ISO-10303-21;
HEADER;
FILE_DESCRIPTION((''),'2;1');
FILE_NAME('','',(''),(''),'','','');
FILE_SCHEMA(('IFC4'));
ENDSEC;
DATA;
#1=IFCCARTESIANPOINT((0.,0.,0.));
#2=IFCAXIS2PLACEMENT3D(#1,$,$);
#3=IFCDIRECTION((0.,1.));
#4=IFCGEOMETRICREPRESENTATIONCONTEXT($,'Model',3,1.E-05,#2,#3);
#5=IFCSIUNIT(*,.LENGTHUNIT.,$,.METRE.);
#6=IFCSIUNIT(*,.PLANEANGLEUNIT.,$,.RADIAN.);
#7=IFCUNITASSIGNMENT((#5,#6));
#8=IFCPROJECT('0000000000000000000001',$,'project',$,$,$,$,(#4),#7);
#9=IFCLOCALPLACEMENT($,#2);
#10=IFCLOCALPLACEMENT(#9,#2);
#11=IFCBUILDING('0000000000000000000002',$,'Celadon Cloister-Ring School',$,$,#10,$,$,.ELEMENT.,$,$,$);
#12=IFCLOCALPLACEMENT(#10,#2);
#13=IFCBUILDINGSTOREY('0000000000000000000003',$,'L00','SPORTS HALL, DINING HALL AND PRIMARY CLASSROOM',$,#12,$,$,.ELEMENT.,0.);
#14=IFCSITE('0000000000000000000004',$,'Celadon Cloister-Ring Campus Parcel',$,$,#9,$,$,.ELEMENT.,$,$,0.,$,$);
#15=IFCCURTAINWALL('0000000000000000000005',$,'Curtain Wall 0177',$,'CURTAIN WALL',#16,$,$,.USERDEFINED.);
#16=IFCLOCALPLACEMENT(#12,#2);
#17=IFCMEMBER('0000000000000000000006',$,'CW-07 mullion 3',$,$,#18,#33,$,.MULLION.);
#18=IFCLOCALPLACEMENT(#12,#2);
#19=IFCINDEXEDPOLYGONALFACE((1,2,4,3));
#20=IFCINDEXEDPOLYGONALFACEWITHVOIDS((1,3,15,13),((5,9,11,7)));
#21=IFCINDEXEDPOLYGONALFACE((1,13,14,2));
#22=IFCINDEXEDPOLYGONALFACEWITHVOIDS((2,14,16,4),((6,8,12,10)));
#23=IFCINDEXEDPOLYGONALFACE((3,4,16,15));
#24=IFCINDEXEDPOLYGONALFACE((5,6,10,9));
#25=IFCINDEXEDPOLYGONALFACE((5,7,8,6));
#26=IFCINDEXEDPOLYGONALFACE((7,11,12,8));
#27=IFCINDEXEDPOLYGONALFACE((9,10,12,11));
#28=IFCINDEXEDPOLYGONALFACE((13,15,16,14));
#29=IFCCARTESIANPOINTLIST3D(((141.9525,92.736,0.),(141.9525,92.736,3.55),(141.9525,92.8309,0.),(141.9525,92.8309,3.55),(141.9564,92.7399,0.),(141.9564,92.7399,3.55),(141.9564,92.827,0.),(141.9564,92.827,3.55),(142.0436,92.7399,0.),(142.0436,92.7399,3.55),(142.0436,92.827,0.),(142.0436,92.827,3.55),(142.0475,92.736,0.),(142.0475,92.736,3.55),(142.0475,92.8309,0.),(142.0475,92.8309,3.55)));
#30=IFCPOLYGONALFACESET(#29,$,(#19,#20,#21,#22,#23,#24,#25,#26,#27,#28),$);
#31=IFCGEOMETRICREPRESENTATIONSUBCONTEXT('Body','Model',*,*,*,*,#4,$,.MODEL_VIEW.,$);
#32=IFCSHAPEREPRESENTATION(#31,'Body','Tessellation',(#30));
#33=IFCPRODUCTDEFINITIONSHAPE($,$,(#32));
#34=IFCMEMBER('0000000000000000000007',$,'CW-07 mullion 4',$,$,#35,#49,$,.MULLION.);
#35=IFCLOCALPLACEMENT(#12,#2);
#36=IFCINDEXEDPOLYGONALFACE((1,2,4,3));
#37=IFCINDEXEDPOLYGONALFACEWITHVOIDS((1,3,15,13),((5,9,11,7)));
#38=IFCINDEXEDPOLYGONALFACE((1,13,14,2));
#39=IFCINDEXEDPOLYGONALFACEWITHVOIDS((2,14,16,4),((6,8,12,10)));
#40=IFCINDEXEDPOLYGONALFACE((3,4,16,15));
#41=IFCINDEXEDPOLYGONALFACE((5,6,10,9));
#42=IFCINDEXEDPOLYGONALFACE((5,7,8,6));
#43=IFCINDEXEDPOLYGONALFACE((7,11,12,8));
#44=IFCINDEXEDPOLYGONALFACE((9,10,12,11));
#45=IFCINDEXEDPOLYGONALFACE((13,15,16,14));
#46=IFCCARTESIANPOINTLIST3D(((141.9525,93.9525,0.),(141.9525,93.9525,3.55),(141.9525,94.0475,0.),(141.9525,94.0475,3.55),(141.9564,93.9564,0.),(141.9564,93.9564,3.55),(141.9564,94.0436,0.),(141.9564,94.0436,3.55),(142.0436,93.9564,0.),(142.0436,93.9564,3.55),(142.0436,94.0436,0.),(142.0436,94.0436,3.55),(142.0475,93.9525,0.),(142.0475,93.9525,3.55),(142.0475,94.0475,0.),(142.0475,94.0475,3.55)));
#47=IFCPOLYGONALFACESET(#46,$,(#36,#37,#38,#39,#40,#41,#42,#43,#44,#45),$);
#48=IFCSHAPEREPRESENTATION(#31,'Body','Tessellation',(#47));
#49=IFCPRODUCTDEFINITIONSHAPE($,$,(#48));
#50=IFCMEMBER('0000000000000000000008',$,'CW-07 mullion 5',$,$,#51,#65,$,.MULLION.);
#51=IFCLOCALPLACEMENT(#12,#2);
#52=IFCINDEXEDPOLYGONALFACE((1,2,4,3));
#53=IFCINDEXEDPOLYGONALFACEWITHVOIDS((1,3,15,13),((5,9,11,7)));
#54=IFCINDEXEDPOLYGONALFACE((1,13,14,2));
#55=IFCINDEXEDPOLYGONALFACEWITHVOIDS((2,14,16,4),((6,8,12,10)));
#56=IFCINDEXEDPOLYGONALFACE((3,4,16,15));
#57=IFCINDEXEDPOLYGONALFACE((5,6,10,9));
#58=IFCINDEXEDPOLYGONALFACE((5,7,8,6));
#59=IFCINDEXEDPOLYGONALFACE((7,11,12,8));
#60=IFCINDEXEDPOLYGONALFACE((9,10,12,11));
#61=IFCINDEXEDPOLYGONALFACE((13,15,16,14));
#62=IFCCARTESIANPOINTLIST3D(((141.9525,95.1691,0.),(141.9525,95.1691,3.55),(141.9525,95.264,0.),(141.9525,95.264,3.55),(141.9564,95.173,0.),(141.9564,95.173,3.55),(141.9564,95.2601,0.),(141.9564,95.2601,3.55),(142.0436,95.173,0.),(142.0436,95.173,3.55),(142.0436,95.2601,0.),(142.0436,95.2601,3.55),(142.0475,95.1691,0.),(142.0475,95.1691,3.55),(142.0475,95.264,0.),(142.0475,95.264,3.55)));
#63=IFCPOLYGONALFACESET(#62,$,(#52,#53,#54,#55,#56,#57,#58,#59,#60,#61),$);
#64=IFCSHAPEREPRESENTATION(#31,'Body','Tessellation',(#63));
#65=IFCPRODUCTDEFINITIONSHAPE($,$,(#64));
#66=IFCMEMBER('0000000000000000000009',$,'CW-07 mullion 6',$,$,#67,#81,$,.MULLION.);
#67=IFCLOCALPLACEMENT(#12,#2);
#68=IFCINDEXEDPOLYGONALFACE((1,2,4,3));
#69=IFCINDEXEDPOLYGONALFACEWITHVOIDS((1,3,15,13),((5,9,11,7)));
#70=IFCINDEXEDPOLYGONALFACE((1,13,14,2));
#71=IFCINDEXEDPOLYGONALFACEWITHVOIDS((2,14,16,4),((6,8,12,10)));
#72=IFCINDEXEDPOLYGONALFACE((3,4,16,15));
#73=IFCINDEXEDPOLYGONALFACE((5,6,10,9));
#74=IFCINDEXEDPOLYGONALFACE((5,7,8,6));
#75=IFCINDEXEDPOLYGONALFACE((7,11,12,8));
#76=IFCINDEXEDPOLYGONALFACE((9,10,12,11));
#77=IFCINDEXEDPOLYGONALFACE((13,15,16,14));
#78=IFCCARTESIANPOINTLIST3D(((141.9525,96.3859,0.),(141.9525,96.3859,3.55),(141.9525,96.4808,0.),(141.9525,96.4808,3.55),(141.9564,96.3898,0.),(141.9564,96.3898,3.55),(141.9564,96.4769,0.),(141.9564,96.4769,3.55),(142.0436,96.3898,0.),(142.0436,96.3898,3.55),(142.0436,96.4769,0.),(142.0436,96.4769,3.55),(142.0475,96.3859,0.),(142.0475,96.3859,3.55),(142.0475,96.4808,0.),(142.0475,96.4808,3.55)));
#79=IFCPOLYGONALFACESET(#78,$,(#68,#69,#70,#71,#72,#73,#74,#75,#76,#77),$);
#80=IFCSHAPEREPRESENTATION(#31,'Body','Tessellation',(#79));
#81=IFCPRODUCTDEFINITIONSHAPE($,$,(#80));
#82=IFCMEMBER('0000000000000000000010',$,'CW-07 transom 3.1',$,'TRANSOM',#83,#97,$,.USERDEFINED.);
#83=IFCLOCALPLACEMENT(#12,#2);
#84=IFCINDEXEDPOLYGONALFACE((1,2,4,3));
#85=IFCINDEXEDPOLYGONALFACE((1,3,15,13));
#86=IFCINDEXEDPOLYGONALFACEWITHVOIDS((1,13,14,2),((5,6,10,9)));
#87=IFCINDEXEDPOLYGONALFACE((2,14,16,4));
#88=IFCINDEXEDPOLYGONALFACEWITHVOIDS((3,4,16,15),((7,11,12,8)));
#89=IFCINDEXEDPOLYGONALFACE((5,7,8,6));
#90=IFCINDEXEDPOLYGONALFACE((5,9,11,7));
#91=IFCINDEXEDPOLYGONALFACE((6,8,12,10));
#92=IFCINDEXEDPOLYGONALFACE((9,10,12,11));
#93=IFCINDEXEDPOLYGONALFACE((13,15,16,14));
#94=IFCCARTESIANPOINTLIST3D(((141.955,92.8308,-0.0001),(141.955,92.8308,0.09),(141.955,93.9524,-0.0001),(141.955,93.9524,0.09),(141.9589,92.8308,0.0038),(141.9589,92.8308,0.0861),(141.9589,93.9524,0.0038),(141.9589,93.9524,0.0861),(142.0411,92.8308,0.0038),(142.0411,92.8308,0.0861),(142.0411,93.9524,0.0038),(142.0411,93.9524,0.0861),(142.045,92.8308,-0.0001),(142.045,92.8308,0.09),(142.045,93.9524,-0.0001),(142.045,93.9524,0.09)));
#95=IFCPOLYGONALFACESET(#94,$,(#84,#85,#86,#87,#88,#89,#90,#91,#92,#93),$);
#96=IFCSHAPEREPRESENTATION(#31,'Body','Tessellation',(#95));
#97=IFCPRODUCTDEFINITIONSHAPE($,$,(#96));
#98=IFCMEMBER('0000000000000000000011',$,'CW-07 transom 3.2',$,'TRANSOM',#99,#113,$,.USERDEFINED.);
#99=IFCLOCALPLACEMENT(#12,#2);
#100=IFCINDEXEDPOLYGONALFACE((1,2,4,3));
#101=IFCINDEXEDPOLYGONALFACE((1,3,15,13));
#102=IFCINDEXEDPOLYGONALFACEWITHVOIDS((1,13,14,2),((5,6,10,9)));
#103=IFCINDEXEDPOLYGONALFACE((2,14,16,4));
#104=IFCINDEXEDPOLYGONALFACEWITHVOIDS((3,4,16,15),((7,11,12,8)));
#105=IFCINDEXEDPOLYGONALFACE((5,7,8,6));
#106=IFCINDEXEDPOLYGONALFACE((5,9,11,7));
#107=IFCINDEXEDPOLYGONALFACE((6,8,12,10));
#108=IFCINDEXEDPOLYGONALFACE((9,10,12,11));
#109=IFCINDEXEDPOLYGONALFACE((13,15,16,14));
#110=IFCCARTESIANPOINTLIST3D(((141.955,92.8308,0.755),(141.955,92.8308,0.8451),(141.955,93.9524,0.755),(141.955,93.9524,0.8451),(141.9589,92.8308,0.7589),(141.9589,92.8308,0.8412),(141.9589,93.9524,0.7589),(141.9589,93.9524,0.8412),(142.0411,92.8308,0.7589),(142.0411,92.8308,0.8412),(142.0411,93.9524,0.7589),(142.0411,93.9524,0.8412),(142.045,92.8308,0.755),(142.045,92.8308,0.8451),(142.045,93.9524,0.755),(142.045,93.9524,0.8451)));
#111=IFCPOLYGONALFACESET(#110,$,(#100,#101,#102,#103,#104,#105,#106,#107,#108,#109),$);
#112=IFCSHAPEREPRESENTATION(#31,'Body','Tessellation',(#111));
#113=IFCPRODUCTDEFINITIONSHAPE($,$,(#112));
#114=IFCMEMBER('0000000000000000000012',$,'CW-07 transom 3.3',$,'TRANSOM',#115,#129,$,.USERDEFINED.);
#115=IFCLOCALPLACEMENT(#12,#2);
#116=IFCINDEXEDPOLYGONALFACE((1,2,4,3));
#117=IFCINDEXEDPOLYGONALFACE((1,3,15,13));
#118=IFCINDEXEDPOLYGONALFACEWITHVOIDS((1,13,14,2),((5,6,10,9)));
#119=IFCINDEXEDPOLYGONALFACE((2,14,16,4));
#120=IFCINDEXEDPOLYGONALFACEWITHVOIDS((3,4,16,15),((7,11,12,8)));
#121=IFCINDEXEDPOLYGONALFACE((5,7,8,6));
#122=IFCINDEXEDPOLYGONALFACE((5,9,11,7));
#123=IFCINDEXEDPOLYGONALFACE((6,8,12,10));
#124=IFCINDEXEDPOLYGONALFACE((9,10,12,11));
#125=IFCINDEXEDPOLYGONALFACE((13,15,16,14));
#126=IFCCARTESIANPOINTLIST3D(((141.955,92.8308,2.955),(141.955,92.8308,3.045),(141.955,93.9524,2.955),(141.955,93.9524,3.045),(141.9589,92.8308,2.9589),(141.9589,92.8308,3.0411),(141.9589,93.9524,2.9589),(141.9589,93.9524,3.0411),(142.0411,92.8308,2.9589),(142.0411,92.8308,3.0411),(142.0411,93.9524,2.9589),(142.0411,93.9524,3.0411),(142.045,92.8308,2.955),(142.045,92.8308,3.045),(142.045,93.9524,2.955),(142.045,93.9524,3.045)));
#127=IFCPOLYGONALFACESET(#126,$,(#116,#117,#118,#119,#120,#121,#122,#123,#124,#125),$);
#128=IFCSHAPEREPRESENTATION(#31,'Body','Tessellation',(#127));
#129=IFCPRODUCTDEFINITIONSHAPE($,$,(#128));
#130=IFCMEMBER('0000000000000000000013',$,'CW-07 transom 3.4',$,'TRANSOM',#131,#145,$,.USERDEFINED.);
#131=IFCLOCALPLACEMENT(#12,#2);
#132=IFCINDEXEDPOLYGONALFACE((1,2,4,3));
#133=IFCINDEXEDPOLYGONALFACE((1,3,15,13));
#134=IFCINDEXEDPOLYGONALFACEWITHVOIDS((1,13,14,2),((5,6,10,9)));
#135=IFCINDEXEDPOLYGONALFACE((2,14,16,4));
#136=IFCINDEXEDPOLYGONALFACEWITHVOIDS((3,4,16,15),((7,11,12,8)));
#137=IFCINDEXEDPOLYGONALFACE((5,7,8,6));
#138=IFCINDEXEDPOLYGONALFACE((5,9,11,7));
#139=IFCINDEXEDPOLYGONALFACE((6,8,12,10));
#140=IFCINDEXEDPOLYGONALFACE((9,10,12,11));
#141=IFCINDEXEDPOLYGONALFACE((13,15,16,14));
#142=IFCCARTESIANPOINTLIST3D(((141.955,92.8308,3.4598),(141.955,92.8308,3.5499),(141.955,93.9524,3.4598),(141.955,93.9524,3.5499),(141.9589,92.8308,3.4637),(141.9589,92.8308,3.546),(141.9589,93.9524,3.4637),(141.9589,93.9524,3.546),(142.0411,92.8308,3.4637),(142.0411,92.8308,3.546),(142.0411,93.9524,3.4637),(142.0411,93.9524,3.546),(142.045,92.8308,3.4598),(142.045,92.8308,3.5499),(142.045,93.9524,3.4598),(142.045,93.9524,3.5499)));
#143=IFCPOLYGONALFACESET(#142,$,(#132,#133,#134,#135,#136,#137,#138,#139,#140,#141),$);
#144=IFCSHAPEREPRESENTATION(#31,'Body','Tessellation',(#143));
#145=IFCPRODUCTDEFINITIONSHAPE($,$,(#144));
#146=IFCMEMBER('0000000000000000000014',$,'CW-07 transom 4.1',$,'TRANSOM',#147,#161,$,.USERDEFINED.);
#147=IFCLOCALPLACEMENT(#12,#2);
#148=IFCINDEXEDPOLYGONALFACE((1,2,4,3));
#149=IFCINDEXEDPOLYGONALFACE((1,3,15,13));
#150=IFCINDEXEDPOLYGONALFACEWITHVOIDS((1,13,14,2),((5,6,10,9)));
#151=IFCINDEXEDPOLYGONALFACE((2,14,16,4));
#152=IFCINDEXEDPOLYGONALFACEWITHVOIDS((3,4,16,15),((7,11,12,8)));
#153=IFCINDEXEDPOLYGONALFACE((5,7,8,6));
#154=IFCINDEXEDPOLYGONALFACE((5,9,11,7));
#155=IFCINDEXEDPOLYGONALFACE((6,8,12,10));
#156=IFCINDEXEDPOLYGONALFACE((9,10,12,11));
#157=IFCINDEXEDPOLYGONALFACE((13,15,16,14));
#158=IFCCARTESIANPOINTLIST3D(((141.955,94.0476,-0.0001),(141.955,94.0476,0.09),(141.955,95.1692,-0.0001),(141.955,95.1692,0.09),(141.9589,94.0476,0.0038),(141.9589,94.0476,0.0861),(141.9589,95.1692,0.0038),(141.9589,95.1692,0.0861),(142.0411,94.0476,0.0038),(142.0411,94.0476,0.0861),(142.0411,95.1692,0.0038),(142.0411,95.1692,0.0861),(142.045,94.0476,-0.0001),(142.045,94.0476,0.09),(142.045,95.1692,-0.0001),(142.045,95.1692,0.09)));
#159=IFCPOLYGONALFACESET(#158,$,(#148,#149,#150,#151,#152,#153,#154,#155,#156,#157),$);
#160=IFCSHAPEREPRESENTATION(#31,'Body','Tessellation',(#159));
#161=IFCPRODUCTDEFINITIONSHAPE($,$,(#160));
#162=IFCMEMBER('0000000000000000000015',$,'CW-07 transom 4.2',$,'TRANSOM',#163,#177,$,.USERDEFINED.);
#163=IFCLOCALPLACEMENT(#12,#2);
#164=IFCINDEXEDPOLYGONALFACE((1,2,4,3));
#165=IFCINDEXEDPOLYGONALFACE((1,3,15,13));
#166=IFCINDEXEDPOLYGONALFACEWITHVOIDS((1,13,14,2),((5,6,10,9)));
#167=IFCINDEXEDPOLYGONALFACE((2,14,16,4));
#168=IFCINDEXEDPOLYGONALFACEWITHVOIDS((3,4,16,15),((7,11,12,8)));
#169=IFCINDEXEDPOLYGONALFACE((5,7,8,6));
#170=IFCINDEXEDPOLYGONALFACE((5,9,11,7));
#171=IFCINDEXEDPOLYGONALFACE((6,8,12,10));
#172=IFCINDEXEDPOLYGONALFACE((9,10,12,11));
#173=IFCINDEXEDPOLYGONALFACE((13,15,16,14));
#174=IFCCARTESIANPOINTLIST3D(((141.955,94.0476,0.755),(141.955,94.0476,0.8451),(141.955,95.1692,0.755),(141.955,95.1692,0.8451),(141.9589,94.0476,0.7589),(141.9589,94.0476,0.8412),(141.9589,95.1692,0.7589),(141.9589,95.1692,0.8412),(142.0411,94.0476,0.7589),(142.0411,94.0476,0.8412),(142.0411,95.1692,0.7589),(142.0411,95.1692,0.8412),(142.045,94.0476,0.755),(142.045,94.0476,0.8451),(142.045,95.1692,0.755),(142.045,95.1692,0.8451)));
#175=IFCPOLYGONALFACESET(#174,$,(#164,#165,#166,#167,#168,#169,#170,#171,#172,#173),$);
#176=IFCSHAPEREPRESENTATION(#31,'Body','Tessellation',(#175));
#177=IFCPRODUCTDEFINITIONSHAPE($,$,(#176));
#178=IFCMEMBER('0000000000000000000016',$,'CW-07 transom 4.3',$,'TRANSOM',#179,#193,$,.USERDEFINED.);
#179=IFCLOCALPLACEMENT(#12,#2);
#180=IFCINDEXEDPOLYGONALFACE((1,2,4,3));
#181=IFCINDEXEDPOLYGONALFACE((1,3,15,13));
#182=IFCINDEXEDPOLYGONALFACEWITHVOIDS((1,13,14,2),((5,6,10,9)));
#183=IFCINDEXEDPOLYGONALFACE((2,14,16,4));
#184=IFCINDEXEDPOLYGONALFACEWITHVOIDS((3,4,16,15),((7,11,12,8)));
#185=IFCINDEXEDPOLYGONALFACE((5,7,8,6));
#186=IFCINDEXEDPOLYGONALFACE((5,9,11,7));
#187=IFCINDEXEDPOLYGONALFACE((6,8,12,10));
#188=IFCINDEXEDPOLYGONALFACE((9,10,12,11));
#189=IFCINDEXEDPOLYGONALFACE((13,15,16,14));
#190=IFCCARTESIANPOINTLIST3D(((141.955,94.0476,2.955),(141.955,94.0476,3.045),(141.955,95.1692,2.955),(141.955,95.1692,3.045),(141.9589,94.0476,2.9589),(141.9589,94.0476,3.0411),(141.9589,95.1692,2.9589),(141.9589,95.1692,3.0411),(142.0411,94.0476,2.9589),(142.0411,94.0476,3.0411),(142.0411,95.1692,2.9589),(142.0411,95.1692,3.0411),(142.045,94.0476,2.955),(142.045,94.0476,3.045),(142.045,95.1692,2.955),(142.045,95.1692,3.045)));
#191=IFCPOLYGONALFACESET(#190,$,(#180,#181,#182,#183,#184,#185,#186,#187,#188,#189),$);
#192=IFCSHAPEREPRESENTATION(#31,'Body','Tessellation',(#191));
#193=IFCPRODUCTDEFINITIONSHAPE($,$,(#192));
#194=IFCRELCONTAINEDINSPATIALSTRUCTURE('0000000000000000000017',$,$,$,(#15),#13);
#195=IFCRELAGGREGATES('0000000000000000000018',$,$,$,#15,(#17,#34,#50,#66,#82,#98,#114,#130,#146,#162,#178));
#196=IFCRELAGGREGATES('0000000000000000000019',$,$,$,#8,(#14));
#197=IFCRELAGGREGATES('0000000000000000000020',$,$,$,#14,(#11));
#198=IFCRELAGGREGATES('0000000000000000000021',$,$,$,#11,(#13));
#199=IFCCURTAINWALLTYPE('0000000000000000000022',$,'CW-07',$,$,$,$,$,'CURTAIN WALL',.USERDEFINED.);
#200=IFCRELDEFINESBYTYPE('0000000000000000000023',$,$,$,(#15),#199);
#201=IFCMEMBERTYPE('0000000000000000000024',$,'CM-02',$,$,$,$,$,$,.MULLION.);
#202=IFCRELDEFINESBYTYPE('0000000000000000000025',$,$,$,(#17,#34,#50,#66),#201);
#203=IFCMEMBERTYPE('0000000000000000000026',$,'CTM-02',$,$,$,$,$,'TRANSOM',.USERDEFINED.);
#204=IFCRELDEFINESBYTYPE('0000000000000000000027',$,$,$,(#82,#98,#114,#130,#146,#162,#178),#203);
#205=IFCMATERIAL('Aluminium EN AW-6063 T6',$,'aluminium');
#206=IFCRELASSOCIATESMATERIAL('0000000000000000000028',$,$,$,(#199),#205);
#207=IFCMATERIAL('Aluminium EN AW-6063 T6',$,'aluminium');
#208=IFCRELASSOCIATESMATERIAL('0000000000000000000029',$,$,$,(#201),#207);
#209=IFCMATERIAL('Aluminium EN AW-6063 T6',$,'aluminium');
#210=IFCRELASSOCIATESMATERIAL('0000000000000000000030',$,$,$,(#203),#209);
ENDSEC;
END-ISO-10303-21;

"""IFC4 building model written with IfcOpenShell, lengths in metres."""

from ifc_helpers import new_model, si_unit, direction, frame, origin, origin_2d, place, context, subcontext, project, spatial, hollow_rectangle, extrude, material, material_profile, profile_set, type_object, element, aggregate, save


model = new_model("IFC4")

# Units and contexts
model_context = context("Model", 3, precision=1e-05, world=origin(), true_north=direction((0.0, 1.0)))
body_context = subcontext(model_context, "Body", "Model", "MODEL_VIEW")
ifc_project = project(units=[si_unit("LENGTHUNIT", "METRE"), si_unit("PLANEANGLEUNIT", "RADIAN")], contexts=[model_context])

# Site, building, storey
site_placement = place(None, origin())
site = spatial("IfcSite", under=ifc_project, at=site_placement, Name="Celadon Cloister-Ring Campus Parcel", CompositionType="ELEMENT", RefElevation=0.0)
building_placement = place(site_placement, origin())
building = spatial("IfcBuilding", under=site, at=building_placement, Name="Celadon Cloister-Ring School", CompositionType="ELEMENT")
storey_placement = place(building_placement, origin())
storey = spatial("IfcBuildingStorey", under=building, at=storey_placement, Name="L00", Description="SPORTS HALL, DINING HALL AND PRIMARY CLASSROOM", CompositionType="ELEMENT", Elevation=0.0)

# Curtain wall, members
ifc_material_1 = material(Name="Aluminium EN AW-6063 T6", Category="aluminium")
curtain_wall_type = type_object("IfcCurtainWallType", Name="CW-07", ElementType="CURTAIN WALL", PredefinedType="USERDEFINED", material=ifc_material_1)
curtain_wall_placement = place(storey_placement, origin())
curtain_wall = element("IfcCurtainWall", 1, at=curtain_wall_placement, inside=storey, type_object=curtain_wall_type, Name="Curtain Wall 0177", ObjectType="CURTAIN WALL", PredefinedType="USERDEFINED")
ifc_material_2 = material(Name="Aluminium EN AW-6063 T6", Category="aluminium")
ifc_material_profile_1 = material_profile(ifc_material_2, hollow_rectangle(XDim=0.095, YDim=0.095, WallThickness=0.0039, at=origin_2d()), Name="RHS95X95X4")
ifc_profile_set_1 = profile_set([ifc_material_profile_1], Name="Aluminium EN AW-6063 T6")
member_type_1 = type_object("IfcMemberType", Name="CM-02", PredefinedType="MULLION", material=ifc_profile_set_1)
member_1_placement = place(storey_placement, frame((142.0, 92.7834, 0.0), z_axis=(0.0, 0.0, 1.0), x_axis=(-1.0, 0.0, 0.0)))
member_1 = element("IfcMember", 2, at=member_1_placement, type_object=member_type_1, Name="CW-07 mullion 3", PredefinedType="MULLION", context=body_context, shape_type="SweptSolid", body=[
    extrude(hollow_rectangle(XDim=0.095, YDim=0.095, WallThickness=0.0039, at=origin_2d()), origin(), (0.0, 0.0, 1.0), 3.55),
])
member_2_placement = place(storey_placement, frame((142.0, 94.0, 0.0), z_axis=(0.0, 0.0, 1.0), x_axis=(-1.0, 0.0, 0.0)))
member_2 = element("IfcMember", 3, at=member_2_placement, type_object=member_type_1, Name="CW-07 mullion 4", PredefinedType="MULLION", context=body_context, shape_type="SweptSolid", body=[
    extrude(hollow_rectangle(XDim=0.095, YDim=0.095, WallThickness=0.0039, at=origin_2d()), origin(), (0.0, 0.0, 1.0), 3.55),
])
member_3_placement = place(storey_placement, frame((142.0, 95.2166, 0.0), z_axis=(0.0, 0.0, 1.0), x_axis=(-1.0, 0.0, 0.0)))
member_3 = element("IfcMember", 4, at=member_3_placement, type_object=member_type_1, Name="CW-07 mullion 5", PredefinedType="MULLION", context=body_context, shape_type="SweptSolid", body=[
    extrude(hollow_rectangle(XDim=0.095, YDim=0.095, WallThickness=0.0039, at=origin_2d()), origin(), (0.0, 0.0, 1.0), 3.55),
])
member_4_placement = place(storey_placement, frame((142.0, 96.4333, 0.0), z_axis=(0.0, 0.0, 1.0), x_axis=(-1.0, 0.0, 0.0)))
member_4 = element("IfcMember", 5, at=member_4_placement, type_object=member_type_1, Name="CW-07 mullion 6", PredefinedType="MULLION", context=body_context, shape_type="SweptSolid", body=[
    extrude(hollow_rectangle(XDim=0.095, YDim=0.095, WallThickness=0.0039, at=origin_2d()), origin(), (0.0, 0.0, 1.0), 3.55),
])
ifc_material_3 = material(Name="Aluminium EN AW-6063 T6", Category="aluminium")
ifc_material_profile_2 = material_profile(ifc_material_3, hollow_rectangle(XDim=0.0901, YDim=0.0901, WallThickness=0.0039, at=origin_2d()), Name="RHS90X90X4")
ifc_profile_set_2 = profile_set([ifc_material_profile_2], Name="Aluminium EN AW-6063 T6")
member_type_2 = type_object("IfcMemberType", Name="CTM-02", ElementType="TRANSOM", PredefinedType="USERDEFINED", material=ifc_profile_set_2)
member_5_placement = place(storey_placement, frame((142.0, 92.8308, 0.0449), z_axis=(0.0, 1.0, 0.0), x_axis=(-1.0, 0.0, 0.0)))
member_5 = element("IfcMember", 6, at=member_5_placement, type_object=member_type_2, Name="CW-07 transom 3.1", ObjectType="TRANSOM", PredefinedType="USERDEFINED", context=body_context, shape_type="SweptSolid", body=[
    extrude(hollow_rectangle(XDim=0.0901, YDim=0.0901, WallThickness=0.0039, at=origin_2d()), origin(), (0.0, 0.0, 1.0), 1.1216),
])
member_6_placement = place(storey_placement, frame((142.0, 92.8308, 0.8), z_axis=(0.0, 1.0, 0.0), x_axis=(-1.0, 0.0, 0.0)))
member_6 = element("IfcMember", 7, at=member_6_placement, type_object=member_type_2, Name="CW-07 transom 3.2", ObjectType="TRANSOM", PredefinedType="USERDEFINED", context=body_context, shape_type="SweptSolid", body=[
    extrude(hollow_rectangle(XDim=0.0901, YDim=0.0901, WallThickness=0.0039, at=origin_2d()), origin(), (0.0, 0.0, 1.0), 1.1216),
])
member_7_placement = place(storey_placement, frame((142.0, 92.8308, 3.0), z_axis=(0.0, 1.0, 0.0), x_axis=(-1.0, 0.0, 0.0)))
member_7 = element("IfcMember", 8, at=member_7_placement, type_object=member_type_2, Name="CW-07 transom 3.3", ObjectType="TRANSOM", PredefinedType="USERDEFINED", context=body_context, shape_type="SweptSolid", body=[
    extrude(hollow_rectangle(XDim=0.0901, YDim=0.0901, WallThickness=0.0039, at=origin_2d()), origin(), (0.0, 0.0, 1.0), 1.1216),
])
member_8_placement = place(storey_placement, frame((142.0, 92.8308, 3.5049), z_axis=(0.0, 1.0, 0.0), x_axis=(-1.0, 0.0, 0.0)))
member_8 = element("IfcMember", 9, at=member_8_placement, type_object=member_type_2, Name="CW-07 transom 3.4", ObjectType="TRANSOM", PredefinedType="USERDEFINED", context=body_context, shape_type="SweptSolid", body=[
    extrude(hollow_rectangle(XDim=0.0901, YDim=0.0901, WallThickness=0.0039, at=origin_2d()), origin(), (0.0, 0.0, 1.0), 1.1216),
])
member_9_placement = place(storey_placement, frame((142.0, 94.0476, 0.0449), z_axis=(0.0, 1.0, 0.0), x_axis=(-1.0, 0.0, 0.0)))
member_9 = element("IfcMember", 10, at=member_9_placement, type_object=member_type_2, Name="CW-07 transom 4.1", ObjectType="TRANSOM", PredefinedType="USERDEFINED", context=body_context, shape_type="SweptSolid", body=[
    extrude(hollow_rectangle(XDim=0.0901, YDim=0.0901, WallThickness=0.0039, at=origin_2d()), origin(), (0.0, 0.0, 1.0), 1.1216),
])
member_10_placement = place(storey_placement, frame((142.0, 94.0476, 0.8), z_axis=(0.0, 1.0, 0.0), x_axis=(-1.0, 0.0, 0.0)))
member_10 = element("IfcMember", 11, at=member_10_placement, type_object=member_type_2, Name="CW-07 transom 4.2", ObjectType="TRANSOM", PredefinedType="USERDEFINED", context=body_context, shape_type="SweptSolid", body=[
    extrude(hollow_rectangle(XDim=0.0901, YDim=0.0901, WallThickness=0.0039, at=origin_2d()), origin(), (0.0, 0.0, 1.0), 1.1216),
])
member_11_placement = place(storey_placement, frame((142.0, 94.0476, 3.0), z_axis=(0.0, 1.0, 0.0), x_axis=(-1.0, 0.0, 0.0)))
member_11 = element("IfcMember", 12, at=member_11_placement, type_object=member_type_2, Name="CW-07 transom 4.3", ObjectType="TRANSOM", PredefinedType="USERDEFINED", context=body_context, shape_type="SweptSolid", body=[
    extrude(hollow_rectangle(XDim=0.0901, YDim=0.0901, WallThickness=0.0039, at=origin_2d()), origin(), (0.0, 0.0, 1.0), 1.1216),
])
aggregate(curtain_wall, [member_1, member_2, member_3, member_4, member_5, member_6, member_7, member_8, member_9, member_10, member_11])

save(model, "model.ifc")
